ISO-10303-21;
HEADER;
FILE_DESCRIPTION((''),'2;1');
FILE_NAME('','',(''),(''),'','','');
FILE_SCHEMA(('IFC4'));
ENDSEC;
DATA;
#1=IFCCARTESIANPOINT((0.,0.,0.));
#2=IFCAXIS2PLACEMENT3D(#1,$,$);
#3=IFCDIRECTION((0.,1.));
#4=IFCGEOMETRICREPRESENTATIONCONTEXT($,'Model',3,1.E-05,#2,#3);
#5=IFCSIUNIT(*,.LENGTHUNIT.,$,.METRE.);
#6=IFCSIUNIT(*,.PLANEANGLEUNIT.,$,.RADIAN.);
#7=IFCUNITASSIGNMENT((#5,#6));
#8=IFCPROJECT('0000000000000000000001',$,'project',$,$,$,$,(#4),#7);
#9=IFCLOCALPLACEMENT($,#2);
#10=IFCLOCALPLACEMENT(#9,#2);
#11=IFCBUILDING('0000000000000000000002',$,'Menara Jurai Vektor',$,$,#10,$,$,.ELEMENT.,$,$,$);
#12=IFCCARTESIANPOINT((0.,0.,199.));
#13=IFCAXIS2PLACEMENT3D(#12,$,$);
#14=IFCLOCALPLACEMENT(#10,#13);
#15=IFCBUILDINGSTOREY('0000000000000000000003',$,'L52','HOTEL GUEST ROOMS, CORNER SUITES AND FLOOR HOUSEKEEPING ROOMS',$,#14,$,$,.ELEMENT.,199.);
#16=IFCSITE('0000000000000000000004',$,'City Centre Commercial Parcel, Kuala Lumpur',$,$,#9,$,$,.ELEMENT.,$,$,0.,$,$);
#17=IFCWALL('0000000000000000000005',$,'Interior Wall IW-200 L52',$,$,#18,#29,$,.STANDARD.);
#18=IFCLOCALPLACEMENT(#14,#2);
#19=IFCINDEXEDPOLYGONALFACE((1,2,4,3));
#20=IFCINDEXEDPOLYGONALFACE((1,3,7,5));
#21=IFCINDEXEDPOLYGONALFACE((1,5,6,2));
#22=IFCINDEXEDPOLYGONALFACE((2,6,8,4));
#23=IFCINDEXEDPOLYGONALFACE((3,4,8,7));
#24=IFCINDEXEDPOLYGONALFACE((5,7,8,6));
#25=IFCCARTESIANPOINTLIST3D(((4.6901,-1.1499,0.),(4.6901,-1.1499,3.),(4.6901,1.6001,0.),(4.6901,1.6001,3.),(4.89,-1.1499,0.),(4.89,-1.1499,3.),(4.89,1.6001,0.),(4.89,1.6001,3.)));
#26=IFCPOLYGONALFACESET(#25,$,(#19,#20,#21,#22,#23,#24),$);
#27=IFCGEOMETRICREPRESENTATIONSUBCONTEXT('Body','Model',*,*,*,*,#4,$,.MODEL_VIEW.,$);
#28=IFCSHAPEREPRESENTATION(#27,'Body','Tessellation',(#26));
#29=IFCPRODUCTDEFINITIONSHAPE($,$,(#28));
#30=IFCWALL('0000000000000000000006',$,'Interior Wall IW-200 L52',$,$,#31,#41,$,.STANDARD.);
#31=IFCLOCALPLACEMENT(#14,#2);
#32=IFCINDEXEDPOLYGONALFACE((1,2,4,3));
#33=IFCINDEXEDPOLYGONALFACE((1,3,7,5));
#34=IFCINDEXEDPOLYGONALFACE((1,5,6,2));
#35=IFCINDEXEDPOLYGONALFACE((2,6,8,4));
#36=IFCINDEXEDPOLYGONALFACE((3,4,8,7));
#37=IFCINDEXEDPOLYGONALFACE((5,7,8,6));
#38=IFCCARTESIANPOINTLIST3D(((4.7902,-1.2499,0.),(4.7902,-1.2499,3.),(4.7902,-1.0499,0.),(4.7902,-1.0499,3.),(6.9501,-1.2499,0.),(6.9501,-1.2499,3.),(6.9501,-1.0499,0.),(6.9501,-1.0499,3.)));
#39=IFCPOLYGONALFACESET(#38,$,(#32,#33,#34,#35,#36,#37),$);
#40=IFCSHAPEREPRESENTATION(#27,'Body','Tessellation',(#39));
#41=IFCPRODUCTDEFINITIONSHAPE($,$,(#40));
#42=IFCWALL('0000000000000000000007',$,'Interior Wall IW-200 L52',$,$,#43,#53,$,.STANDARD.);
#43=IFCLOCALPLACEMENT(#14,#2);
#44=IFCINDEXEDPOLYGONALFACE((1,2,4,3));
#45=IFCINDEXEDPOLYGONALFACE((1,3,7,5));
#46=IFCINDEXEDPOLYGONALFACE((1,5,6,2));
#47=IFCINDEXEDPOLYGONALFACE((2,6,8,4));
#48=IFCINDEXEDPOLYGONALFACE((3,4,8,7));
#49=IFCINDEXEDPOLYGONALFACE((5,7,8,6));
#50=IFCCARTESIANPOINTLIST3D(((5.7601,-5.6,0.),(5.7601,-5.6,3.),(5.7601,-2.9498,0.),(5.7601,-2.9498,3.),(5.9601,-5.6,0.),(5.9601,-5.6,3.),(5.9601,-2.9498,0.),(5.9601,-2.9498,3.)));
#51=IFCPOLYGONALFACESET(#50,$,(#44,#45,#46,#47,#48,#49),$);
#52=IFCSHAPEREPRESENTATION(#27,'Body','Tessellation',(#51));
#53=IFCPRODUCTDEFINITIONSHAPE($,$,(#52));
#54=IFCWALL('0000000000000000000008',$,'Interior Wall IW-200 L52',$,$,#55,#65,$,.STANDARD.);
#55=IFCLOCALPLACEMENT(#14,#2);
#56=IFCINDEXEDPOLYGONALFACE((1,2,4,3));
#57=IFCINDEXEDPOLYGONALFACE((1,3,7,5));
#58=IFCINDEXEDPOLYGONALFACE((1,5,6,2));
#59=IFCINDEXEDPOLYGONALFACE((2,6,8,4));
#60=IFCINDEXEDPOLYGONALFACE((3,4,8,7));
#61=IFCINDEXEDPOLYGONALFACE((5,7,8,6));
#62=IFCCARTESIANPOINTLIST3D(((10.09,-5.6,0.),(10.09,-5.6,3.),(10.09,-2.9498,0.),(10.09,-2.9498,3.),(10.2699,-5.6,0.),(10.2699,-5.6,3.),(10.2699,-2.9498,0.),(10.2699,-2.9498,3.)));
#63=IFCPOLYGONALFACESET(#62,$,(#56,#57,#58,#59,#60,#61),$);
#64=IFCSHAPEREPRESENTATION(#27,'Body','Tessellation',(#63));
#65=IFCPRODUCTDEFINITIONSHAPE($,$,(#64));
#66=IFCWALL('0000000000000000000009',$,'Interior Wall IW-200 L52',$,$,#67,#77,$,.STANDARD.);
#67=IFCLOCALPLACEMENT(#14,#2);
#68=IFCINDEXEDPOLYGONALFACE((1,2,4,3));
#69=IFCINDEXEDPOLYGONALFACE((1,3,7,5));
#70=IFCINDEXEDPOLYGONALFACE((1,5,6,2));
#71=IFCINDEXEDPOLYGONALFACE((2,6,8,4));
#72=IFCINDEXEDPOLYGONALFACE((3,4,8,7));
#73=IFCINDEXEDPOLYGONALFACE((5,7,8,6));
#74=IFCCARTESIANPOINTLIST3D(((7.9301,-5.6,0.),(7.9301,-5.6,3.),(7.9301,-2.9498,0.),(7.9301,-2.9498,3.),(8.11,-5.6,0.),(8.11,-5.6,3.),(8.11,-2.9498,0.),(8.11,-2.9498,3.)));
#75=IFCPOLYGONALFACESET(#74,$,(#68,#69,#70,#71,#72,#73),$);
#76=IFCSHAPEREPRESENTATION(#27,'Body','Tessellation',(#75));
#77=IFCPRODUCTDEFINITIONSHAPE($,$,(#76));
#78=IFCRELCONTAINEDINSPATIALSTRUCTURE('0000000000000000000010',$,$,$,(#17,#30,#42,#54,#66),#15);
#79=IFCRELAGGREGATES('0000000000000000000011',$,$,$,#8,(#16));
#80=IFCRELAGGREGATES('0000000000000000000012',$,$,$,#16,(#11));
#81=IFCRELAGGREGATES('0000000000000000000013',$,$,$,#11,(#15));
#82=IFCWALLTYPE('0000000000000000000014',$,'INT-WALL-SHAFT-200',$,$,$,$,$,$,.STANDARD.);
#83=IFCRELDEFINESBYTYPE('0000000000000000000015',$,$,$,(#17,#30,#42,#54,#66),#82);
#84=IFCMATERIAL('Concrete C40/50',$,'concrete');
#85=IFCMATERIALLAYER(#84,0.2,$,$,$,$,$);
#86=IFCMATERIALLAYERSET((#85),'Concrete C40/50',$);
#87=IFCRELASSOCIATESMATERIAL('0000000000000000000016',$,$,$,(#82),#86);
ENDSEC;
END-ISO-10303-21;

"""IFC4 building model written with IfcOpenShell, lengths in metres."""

from ifc_helpers import new_model, si_unit, direction, frame, frame_2d, origin, place, context, subcontext, project, spatial, rectangle, extrude, material, layer, layer_set, type_object, element, save


model = new_model("IFC4")

# Units and contexts
model_context = context("Model", 3, precision=1e-05, world=origin(), true_north=direction((0.0, 1.0)))
body_context = subcontext(model_context, "Body", "Model", "MODEL_VIEW")
ifc_project = project(units=[si_unit("LENGTHUNIT", "METRE"), si_unit("PLANEANGLEUNIT", "RADIAN")], contexts=[model_context])

# Site, building, storey
site_placement = place(None, origin())
site = spatial("IfcSite", under=ifc_project, at=site_placement, Name="City Centre Commercial Parcel, Kuala Lumpur", CompositionType="ELEMENT", RefElevation=0.0)
building_placement = place(site_placement, origin())
building = spatial("IfcBuilding", under=site, at=building_placement, Name="Menara Jurai Vektor", CompositionType="ELEMENT")
storey_placement = place(building_placement, frame((0.0, 0.0, 199.0)))
storey = spatial("IfcBuildingStorey", under=building, at=storey_placement, Name="L52", Description="HOTEL GUEST ROOMS, CORNER SUITES AND FLOOR HOUSEKEEPING ROOMS", CompositionType="ELEMENT", Elevation=199.0)

# Shared definitions
ifc_material_1 = material(Name="Concrete C40/50", Category="concrete")

# Shared definitions
ifc_layer_1 = layer(ifc_material_1, 0.2)
ifc_layer_set_1 = layer_set([ifc_layer_1], Name="Concrete C40/50")
wall_type_1 = type_object("IfcWallType", Name="INT-WALL-SHAFT-200", PredefinedType="STANDARD", material=ifc_layer_set_1)

# Walls
wall_1_placement = place(storey_placement, frame((4.79, -1.1499, 0.0), z_axis=(0.0, 0.0, 1.0), x_axis=(0.0, 1.0, 0.0)))
element("IfcWall", 1, at=wall_1_placement, inside=storey, type_object=wall_type_1, Name="Interior Wall IW-200 L52", PredefinedType="STANDARD", context=body_context, shape_type="SweptSolid", body=[
    extrude(rectangle(XDim=2.75, YDim=0.2, at=frame_2d((1.375, 0.0))), origin(), (0.0, 0.0, 1.0), 3.0),
])
wall_2_placement = place(storey_placement, frame((4.79, -1.1499, 0.0), z_axis=(0.0, 0.0, 1.0), x_axis=(1.0, 0.0, 0.0)))
element("IfcWall", 2, at=wall_2_placement, inside=storey, type_object=wall_type_1, Name="Interior Wall IW-200 L52", PredefinedType="STANDARD", context=body_context, shape_type="SweptSolid", body=[
    extrude(rectangle(XDim=2.1599, YDim=0.2, at=frame_2d((1.0801, 0.0))), origin(), (0.0, 0.0, 1.0), 3.0),
])
wall_3_placement = place(storey_placement, frame((5.8601, -5.6001, 0.0), z_axis=(0.0, 0.0, 1.0), x_axis=(0.0, 1.0, 0.0)))
element("IfcWall", 3, at=wall_3_placement, inside=storey, type_object=wall_type_1, Name="Interior Wall IW-200 L52", PredefinedType="STANDARD", context=body_context, shape_type="SweptSolid", body=[
    extrude(rectangle(XDim=2.6501, YDim=0.2, at=frame_2d((1.3252, 0.0))), origin(), (0.0, 0.0, 1.0), 3.0),
])
for number, where, z_axis, x_axis, name in (
    (4, (10.1799, -5.6001, 0.0), (0.0, 0.0, 1.0), (0.0, 1.0, 0.0), "Interior Wall IW-200 L52"),
    (5, (8.02, -5.6001, 0.0), (0.0, 0.0, 1.0), (0.0, 1.0, 0.0), "Interior Wall IW-200 L52"),
):
    element("IfcWall", number, at=place(storey_placement, frame(where, z_axis=z_axis, x_axis=x_axis)), inside=storey, type_object=wall_type_1, Name=name, PredefinedType="STANDARD", context=body_context, shape_type="SweptSolid", body=[
        extrude(rectangle(XDim=2.6501, YDim=0.1799, at=frame_2d((1.3252, 0.0))), origin(), (0.0, 0.0, 1.0), 3.0),
    ])

save(model, "model.ifc")
